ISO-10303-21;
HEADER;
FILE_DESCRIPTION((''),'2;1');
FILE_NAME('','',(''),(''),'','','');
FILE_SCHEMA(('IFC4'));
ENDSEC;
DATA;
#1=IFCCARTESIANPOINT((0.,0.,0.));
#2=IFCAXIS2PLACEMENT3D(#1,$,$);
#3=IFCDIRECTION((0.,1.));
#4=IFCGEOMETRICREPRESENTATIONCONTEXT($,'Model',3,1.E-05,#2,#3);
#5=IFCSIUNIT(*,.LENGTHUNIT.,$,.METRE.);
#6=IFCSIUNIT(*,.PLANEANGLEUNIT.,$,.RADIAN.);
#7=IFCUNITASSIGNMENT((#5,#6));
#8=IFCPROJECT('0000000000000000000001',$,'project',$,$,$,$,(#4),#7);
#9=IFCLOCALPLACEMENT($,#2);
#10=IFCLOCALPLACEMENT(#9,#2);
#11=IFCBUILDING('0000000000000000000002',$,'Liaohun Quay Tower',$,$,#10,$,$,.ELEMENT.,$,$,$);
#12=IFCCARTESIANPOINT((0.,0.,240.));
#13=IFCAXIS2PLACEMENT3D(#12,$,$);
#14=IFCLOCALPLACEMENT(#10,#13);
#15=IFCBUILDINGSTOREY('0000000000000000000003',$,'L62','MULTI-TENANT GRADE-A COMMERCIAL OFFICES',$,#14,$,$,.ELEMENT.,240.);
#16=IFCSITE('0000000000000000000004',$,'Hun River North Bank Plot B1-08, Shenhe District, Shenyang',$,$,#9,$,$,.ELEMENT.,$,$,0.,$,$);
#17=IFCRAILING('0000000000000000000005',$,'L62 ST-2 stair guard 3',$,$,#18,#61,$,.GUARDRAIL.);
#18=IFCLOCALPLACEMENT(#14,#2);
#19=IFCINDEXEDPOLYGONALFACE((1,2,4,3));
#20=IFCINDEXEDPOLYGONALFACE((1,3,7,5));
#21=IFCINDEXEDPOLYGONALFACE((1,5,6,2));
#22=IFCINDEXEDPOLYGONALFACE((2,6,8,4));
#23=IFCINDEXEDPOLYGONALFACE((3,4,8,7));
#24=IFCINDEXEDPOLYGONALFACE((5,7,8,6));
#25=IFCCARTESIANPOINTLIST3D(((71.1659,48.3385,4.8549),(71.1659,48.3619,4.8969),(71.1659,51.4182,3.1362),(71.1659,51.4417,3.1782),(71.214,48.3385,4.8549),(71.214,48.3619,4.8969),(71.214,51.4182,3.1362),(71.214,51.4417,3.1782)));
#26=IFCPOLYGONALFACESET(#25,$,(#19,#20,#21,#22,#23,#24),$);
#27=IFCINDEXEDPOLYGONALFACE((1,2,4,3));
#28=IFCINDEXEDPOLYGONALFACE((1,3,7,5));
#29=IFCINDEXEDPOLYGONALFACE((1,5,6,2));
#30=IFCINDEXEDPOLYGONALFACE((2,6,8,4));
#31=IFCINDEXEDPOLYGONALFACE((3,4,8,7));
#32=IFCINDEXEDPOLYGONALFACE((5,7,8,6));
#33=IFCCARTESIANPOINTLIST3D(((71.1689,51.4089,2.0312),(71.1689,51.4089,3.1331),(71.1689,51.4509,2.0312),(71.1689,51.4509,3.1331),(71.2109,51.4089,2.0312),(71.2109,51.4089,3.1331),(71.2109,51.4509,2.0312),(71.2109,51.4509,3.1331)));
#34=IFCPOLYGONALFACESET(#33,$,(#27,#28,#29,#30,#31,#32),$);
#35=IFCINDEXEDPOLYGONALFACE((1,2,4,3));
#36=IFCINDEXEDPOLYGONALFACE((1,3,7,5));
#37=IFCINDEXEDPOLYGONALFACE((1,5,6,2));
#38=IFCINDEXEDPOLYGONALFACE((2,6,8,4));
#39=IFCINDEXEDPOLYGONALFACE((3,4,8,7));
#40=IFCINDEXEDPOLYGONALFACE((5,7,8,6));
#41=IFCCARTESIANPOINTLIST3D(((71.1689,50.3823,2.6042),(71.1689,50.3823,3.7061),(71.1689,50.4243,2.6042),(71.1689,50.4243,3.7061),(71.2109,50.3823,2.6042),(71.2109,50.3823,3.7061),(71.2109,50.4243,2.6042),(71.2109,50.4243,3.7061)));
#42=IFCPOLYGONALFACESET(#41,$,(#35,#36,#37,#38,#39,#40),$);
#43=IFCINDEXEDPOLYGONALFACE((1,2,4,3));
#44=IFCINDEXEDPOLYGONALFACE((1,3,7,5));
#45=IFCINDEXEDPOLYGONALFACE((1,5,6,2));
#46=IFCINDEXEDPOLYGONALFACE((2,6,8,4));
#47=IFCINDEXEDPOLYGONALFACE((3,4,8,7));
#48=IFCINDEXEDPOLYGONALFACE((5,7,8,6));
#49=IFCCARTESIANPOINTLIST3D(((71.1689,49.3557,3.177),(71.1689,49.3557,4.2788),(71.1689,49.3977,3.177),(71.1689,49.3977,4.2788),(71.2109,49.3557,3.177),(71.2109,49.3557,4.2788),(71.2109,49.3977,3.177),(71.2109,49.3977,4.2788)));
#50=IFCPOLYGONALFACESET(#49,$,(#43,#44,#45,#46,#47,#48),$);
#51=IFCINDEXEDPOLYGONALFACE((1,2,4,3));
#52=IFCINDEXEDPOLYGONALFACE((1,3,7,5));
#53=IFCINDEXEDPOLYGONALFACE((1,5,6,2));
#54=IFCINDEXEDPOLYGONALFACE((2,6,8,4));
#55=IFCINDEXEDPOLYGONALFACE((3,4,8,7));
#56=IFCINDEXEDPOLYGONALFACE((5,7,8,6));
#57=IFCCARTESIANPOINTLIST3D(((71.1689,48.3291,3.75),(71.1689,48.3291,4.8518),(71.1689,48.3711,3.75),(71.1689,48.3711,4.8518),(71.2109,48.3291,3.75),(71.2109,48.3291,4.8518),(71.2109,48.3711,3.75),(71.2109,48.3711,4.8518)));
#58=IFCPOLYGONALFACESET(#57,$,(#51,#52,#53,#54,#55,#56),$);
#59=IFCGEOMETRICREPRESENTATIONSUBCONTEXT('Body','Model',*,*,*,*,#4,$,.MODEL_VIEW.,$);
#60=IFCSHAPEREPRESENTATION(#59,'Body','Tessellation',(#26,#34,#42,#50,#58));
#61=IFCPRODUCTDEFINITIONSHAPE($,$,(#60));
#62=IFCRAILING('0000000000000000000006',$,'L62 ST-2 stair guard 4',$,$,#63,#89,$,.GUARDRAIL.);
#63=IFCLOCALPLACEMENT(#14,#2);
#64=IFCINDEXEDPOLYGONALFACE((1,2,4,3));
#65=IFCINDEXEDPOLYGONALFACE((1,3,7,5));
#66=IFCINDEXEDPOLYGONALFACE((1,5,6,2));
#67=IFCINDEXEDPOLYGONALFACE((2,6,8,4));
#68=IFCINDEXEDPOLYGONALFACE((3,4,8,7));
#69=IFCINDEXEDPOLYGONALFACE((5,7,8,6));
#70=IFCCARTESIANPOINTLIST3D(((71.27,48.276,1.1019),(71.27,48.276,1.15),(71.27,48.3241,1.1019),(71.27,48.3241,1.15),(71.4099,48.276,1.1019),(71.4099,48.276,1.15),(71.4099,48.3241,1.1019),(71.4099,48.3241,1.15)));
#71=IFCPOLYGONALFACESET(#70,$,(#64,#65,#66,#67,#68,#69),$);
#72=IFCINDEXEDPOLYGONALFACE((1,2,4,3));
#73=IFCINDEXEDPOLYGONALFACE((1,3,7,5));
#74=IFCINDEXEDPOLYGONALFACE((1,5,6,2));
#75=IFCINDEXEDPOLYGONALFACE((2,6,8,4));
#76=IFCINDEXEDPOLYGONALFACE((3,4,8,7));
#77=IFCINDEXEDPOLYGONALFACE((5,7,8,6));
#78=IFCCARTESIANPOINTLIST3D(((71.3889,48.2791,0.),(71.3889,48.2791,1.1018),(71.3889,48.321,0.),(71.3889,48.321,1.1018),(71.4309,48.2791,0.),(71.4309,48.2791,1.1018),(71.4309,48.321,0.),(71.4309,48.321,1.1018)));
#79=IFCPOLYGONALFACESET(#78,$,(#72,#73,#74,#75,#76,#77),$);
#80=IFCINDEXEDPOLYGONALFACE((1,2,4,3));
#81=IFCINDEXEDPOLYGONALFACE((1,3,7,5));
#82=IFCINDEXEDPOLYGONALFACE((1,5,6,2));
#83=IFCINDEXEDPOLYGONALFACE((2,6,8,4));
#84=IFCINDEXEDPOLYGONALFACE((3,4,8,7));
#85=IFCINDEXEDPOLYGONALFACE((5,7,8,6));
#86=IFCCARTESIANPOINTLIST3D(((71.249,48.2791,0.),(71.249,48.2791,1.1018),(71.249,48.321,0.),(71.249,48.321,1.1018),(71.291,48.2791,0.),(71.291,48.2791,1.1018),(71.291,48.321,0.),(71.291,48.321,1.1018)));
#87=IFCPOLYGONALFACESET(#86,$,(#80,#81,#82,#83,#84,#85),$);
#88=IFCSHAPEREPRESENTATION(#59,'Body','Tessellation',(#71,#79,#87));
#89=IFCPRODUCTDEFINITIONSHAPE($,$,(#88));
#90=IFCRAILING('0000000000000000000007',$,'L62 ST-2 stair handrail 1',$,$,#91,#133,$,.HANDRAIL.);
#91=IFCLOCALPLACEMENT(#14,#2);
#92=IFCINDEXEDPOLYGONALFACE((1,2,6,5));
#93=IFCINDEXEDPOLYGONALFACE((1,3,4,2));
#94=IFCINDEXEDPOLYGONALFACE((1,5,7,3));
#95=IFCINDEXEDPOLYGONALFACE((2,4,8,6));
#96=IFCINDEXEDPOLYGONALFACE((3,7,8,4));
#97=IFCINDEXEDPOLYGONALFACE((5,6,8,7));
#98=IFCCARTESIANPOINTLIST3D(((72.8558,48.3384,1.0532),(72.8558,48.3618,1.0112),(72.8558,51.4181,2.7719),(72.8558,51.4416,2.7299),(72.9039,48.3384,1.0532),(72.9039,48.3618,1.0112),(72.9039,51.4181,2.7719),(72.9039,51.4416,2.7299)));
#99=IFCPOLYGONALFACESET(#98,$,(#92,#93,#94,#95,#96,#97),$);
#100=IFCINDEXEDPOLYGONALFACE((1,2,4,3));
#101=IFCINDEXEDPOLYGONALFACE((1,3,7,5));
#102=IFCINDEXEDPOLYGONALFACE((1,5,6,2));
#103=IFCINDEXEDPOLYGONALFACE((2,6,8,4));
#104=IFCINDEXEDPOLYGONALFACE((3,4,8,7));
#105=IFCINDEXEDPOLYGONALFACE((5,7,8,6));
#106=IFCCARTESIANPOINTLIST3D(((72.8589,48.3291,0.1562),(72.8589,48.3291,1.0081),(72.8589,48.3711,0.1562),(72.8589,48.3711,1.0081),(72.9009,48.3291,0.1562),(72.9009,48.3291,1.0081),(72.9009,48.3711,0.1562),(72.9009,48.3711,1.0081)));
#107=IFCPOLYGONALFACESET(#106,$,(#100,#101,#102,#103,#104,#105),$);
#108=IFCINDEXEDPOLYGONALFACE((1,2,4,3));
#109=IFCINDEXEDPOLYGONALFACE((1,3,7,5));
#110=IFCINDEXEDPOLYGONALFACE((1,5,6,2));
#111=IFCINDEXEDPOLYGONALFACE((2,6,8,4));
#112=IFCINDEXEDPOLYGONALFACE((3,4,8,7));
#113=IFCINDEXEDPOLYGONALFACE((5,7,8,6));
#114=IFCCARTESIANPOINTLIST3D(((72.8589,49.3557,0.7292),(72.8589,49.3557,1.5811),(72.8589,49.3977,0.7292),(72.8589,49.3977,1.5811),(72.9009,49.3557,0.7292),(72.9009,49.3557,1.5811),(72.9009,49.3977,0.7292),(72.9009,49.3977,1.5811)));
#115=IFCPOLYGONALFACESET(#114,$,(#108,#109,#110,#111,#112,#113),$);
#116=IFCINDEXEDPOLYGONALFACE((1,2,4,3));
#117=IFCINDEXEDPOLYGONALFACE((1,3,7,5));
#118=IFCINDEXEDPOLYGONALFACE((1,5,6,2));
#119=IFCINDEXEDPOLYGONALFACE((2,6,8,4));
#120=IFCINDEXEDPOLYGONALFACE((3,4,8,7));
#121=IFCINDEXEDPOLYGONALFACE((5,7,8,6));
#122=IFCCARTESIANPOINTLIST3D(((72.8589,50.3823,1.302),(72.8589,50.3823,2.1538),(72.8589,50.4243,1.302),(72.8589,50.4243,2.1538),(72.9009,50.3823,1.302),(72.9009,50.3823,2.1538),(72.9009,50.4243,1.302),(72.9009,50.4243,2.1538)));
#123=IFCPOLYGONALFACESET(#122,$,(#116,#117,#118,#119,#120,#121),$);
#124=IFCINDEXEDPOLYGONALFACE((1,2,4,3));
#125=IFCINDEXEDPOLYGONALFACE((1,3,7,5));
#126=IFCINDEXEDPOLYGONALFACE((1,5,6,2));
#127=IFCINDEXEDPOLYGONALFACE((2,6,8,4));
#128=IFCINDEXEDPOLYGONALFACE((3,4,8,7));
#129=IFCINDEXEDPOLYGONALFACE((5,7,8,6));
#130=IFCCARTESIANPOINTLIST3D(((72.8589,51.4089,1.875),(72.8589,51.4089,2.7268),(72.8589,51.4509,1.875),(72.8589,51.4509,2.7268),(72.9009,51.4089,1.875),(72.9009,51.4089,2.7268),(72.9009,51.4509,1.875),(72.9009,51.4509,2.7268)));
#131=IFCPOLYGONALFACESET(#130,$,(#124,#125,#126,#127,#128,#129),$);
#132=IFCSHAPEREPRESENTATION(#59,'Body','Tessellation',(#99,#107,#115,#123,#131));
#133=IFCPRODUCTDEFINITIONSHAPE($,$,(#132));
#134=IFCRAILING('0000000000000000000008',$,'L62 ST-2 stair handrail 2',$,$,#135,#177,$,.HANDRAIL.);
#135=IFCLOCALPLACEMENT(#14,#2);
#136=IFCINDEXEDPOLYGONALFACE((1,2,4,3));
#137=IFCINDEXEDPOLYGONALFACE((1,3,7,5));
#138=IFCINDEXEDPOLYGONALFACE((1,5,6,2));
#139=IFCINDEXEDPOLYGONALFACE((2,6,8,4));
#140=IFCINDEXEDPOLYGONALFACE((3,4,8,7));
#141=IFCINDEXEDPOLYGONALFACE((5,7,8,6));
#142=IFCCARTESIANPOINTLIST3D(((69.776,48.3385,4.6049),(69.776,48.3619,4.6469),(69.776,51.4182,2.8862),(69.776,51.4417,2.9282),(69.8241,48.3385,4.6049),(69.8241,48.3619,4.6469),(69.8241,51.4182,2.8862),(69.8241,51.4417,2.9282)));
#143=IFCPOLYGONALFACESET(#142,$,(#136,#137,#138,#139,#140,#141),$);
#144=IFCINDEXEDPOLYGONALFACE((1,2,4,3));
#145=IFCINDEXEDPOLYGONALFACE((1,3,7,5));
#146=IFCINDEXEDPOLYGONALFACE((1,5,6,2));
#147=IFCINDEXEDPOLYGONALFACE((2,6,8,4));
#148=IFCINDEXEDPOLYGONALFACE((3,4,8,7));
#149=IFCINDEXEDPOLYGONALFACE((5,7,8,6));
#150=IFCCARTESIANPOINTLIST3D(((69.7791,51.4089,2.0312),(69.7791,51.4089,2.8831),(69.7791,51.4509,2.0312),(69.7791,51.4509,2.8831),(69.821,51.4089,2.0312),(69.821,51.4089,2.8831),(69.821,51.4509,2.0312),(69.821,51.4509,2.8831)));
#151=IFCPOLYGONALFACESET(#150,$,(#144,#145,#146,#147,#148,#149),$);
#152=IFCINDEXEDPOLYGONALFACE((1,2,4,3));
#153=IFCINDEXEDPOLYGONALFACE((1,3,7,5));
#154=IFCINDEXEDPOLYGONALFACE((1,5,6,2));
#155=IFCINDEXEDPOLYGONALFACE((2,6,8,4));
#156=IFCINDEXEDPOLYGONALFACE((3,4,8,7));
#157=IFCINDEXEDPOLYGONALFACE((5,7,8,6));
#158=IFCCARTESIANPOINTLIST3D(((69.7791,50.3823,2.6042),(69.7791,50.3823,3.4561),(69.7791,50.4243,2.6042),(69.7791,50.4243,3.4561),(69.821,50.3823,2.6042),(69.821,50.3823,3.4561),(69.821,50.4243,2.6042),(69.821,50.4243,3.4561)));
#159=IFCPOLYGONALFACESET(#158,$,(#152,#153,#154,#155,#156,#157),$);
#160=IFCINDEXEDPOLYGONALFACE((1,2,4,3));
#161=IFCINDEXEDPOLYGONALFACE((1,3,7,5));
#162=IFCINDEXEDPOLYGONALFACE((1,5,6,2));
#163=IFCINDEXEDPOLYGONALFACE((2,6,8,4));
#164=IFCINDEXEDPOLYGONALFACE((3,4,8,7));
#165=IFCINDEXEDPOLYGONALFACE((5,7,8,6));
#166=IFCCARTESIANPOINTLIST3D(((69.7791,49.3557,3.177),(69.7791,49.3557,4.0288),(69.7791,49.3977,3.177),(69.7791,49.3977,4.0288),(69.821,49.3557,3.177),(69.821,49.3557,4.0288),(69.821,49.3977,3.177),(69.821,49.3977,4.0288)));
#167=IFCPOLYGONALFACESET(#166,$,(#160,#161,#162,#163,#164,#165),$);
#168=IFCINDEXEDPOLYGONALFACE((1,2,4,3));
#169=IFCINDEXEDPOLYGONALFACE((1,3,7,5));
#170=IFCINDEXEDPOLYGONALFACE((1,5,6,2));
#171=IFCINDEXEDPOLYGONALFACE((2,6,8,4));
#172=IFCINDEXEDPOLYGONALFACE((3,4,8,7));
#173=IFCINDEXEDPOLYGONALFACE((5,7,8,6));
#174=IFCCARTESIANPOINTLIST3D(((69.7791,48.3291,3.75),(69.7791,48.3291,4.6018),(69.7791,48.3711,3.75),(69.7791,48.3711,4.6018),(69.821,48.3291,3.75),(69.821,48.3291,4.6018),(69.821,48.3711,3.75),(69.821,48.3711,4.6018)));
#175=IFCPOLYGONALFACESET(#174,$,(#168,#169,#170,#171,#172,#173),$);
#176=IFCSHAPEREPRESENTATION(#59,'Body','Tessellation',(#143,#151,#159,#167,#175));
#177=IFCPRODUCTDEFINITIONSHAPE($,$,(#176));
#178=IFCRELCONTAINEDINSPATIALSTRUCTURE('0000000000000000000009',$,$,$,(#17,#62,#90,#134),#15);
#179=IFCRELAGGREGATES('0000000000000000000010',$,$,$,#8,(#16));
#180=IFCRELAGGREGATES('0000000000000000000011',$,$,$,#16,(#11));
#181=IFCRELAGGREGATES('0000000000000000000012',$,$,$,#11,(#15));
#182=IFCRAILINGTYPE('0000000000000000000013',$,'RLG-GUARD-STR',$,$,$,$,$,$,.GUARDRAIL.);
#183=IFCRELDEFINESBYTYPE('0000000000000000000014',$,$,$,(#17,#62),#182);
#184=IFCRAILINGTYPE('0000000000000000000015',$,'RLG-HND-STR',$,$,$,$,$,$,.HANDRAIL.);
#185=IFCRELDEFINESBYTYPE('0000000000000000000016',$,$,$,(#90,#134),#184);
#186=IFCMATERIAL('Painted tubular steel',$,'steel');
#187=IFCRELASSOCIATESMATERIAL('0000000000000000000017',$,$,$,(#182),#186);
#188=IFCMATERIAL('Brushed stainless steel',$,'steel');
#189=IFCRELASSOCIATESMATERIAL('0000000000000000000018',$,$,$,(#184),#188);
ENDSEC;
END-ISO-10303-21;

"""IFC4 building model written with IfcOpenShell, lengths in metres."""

from ifc_helpers import new_model, si_unit, direction, frame, origin, origin_2d, place, context, subcontext, project, spatial, rectangle, extrude, material, type_object, element, save


model = new_model("IFC4")

# Units and contexts
model_context = context("Model", 3, precision=1e-05, world=origin(), true_north=direction((0.0, 1.0)))
body_context = subcontext(model_context, "Body", "Model", "MODEL_VIEW")
ifc_project = project(units=[si_unit("LENGTHUNIT", "METRE"), si_unit("PLANEANGLEUNIT", "RADIAN")], contexts=[model_context])

# Site, building, storey
site_placement = place(None, origin())
site = spatial("IfcSite", under=ifc_project, at=site_placement, Name="Hun River North Bank Plot B1-08, Shenhe District, Shenyang", CompositionType="ELEMENT", RefElevation=0.0)
building_placement = place(site_placement, origin())
building = spatial("IfcBuilding", under=site, at=building_placement, Name="Liaohun Quay Tower", CompositionType="ELEMENT")
storey_placement = place(building_placement, frame((0.0, 0.0, 240.0)))
storey = spatial("IfcBuildingStorey", under=building, at=storey_placement, Name="L62", Description="MULTI-TENANT GRADE-A COMMERCIAL OFFICES", CompositionType="ELEMENT", Elevation=240.0)

# Railings
ifc_material_1 = material(Name="Painted tubular steel", Category="steel")
railing_type_1 = type_object("IfcRailingType", Name="RLG-GUARD-STR", PredefinedType="GUARDRAIL", material=ifc_material_1)
railing_1_placement = place(storey_placement, frame((71.1899, 51.4299, 2.0312)))
element("IfcRailing", 1, at=railing_1_placement, inside=storey, type_object=railing_type_1, Name="L62 ST-2 stair guard 3", PredefinedType="GUARDRAIL", context=body_context, shape_type="SweptSolid", body=[
    extrude(rectangle(XDim=0.0481, YDim=0.0481, at=origin_2d()), frame((0.0, 0.0, 1.126), z_axis=(0.0, -0.873225, 0.487317), x_axis=(1.0, 0.0, 0.0)), (0.0, 0.0, 1.0), 3.5269),
    extrude(rectangle(XDim=0.042, YDim=0.042, at=origin_2d()), origin(), (0.0, 0.0, 1.0), 1.1018),
    extrude(rectangle(XDim=0.042, YDim=0.042, at=origin_2d()), frame((0.0, -1.0266, 0.573)), (0.0, 0.0, 1.0), 1.1018),
    extrude(rectangle(XDim=0.042, YDim=0.042, at=origin_2d()), frame((0.0, -2.0532, 1.1458)), (0.0, 0.0, 1.0), 1.1018),
    extrude(rectangle(XDim=0.042, YDim=0.042, at=origin_2d()), frame((0.0, -3.0798, 1.7188)), (0.0, 0.0, 1.0), 1.1018),
])
railing_2_placement = place(storey_placement, frame((71.4099, 48.3, 0.0)))
element("IfcRailing", 2, at=railing_2_placement, inside=storey, type_object=railing_type_1, Name="L62 ST-2 stair guard 4", PredefinedType="GUARDRAIL", context=body_context, shape_type="SweptSolid", body=[
    extrude(rectangle(XDim=0.0481, YDim=0.0481, at=origin_2d()), frame((0.0, 0.0, 1.126), z_axis=(-1.0, 0.0, 0.0), x_axis=(0.0, -1.0, 0.0)), (0.0, 0.0, 1.0), 0.1399),
    extrude(rectangle(XDim=0.042, YDim=0.042, at=origin_2d()), origin(), (0.0, 0.0, 1.0), 1.1018),
    extrude(rectangle(XDim=0.042, YDim=0.042, at=origin_2d()), frame((-0.1399, 0.0, 0.0)), (0.0, 0.0, 1.0), 1.1018),
])
ifc_material_2 = material(Name="Brushed stainless steel", Category="steel")
railing_type_2 = type_object("IfcRailingType", Name="RLG-HND-STR", PredefinedType="HANDRAIL", material=ifc_material_2)
railing_3_placement = place(storey_placement, frame((72.8799, 48.3501, 0.1562)))
element("IfcRailing", 3, at=railing_3_placement, inside=storey, type_object=railing_type_2, Name="L62 ST-2 stair handrail 1", PredefinedType="HANDRAIL", context=body_context, shape_type="SweptSolid", body=[
    extrude(rectangle(XDim=0.0481, YDim=0.0481, at=origin_2d()), frame((0.0, 0.0, 0.876), z_axis=(0.0, 0.873225, 0.487317), x_axis=(-1.0, 0.0, 0.0)), (0.0, 0.0, 1.0), 3.5269),
    extrude(rectangle(XDim=0.042, YDim=0.042, at=origin_2d()), origin(), (0.0, 0.0, 1.0), 0.8518),
    extrude(rectangle(XDim=0.042, YDim=0.042, at=origin_2d()), frame((0.0, 1.0266, 0.573)), (0.0, 0.0, 1.0), 0.8518),
    extrude(rectangle(XDim=0.042, YDim=0.042, at=origin_2d()), frame((0.0, 2.0532, 1.1458)), (0.0, 0.0, 1.0), 0.8518),
    extrude(rectangle(XDim=0.042, YDim=0.042, at=origin_2d()), frame((0.0, 3.0798, 1.7188)), (0.0, 0.0, 1.0), 0.8518),
])
railing_4_placement = place(storey_placement, frame((69.8, 51.4299, 2.0312)))
element("IfcRailing", 4, at=railing_4_placement, inside=storey, type_object=railing_type_2, Name="L62 ST-2 stair handrail 2", PredefinedType="HANDRAIL", context=body_context, shape_type="SweptSolid", body=[
    extrude(rectangle(XDim=0.0481, YDim=0.0481, at=origin_2d()), frame((0.0, 0.0, 0.876), z_axis=(0.0, -0.873225, 0.487317), x_axis=(1.0, 0.0, 0.0)), (0.0, 0.0, 1.0), 3.5269),
    extrude(rectangle(XDim=0.042, YDim=0.042, at=origin_2d()), origin(), (0.0, 0.0, 1.0), 0.8518),
    extrude(rectangle(XDim=0.042, YDim=0.042, at=origin_2d()), frame((0.0, -1.0266, 0.573)), (0.0, 0.0, 1.0), 0.8518),
    extrude(rectangle(XDim=0.042, YDim=0.042, at=origin_2d()), frame((0.0, -2.0532, 1.1458)), (0.0, 0.0, 1.0), 0.8518),
    extrude(rectangle(XDim=0.042, YDim=0.042, at=origin_2d()), frame((0.0, -3.0798, 1.7188)), (0.0, 0.0, 1.0), 0.8518),
])

save(model, "model.ifc")
